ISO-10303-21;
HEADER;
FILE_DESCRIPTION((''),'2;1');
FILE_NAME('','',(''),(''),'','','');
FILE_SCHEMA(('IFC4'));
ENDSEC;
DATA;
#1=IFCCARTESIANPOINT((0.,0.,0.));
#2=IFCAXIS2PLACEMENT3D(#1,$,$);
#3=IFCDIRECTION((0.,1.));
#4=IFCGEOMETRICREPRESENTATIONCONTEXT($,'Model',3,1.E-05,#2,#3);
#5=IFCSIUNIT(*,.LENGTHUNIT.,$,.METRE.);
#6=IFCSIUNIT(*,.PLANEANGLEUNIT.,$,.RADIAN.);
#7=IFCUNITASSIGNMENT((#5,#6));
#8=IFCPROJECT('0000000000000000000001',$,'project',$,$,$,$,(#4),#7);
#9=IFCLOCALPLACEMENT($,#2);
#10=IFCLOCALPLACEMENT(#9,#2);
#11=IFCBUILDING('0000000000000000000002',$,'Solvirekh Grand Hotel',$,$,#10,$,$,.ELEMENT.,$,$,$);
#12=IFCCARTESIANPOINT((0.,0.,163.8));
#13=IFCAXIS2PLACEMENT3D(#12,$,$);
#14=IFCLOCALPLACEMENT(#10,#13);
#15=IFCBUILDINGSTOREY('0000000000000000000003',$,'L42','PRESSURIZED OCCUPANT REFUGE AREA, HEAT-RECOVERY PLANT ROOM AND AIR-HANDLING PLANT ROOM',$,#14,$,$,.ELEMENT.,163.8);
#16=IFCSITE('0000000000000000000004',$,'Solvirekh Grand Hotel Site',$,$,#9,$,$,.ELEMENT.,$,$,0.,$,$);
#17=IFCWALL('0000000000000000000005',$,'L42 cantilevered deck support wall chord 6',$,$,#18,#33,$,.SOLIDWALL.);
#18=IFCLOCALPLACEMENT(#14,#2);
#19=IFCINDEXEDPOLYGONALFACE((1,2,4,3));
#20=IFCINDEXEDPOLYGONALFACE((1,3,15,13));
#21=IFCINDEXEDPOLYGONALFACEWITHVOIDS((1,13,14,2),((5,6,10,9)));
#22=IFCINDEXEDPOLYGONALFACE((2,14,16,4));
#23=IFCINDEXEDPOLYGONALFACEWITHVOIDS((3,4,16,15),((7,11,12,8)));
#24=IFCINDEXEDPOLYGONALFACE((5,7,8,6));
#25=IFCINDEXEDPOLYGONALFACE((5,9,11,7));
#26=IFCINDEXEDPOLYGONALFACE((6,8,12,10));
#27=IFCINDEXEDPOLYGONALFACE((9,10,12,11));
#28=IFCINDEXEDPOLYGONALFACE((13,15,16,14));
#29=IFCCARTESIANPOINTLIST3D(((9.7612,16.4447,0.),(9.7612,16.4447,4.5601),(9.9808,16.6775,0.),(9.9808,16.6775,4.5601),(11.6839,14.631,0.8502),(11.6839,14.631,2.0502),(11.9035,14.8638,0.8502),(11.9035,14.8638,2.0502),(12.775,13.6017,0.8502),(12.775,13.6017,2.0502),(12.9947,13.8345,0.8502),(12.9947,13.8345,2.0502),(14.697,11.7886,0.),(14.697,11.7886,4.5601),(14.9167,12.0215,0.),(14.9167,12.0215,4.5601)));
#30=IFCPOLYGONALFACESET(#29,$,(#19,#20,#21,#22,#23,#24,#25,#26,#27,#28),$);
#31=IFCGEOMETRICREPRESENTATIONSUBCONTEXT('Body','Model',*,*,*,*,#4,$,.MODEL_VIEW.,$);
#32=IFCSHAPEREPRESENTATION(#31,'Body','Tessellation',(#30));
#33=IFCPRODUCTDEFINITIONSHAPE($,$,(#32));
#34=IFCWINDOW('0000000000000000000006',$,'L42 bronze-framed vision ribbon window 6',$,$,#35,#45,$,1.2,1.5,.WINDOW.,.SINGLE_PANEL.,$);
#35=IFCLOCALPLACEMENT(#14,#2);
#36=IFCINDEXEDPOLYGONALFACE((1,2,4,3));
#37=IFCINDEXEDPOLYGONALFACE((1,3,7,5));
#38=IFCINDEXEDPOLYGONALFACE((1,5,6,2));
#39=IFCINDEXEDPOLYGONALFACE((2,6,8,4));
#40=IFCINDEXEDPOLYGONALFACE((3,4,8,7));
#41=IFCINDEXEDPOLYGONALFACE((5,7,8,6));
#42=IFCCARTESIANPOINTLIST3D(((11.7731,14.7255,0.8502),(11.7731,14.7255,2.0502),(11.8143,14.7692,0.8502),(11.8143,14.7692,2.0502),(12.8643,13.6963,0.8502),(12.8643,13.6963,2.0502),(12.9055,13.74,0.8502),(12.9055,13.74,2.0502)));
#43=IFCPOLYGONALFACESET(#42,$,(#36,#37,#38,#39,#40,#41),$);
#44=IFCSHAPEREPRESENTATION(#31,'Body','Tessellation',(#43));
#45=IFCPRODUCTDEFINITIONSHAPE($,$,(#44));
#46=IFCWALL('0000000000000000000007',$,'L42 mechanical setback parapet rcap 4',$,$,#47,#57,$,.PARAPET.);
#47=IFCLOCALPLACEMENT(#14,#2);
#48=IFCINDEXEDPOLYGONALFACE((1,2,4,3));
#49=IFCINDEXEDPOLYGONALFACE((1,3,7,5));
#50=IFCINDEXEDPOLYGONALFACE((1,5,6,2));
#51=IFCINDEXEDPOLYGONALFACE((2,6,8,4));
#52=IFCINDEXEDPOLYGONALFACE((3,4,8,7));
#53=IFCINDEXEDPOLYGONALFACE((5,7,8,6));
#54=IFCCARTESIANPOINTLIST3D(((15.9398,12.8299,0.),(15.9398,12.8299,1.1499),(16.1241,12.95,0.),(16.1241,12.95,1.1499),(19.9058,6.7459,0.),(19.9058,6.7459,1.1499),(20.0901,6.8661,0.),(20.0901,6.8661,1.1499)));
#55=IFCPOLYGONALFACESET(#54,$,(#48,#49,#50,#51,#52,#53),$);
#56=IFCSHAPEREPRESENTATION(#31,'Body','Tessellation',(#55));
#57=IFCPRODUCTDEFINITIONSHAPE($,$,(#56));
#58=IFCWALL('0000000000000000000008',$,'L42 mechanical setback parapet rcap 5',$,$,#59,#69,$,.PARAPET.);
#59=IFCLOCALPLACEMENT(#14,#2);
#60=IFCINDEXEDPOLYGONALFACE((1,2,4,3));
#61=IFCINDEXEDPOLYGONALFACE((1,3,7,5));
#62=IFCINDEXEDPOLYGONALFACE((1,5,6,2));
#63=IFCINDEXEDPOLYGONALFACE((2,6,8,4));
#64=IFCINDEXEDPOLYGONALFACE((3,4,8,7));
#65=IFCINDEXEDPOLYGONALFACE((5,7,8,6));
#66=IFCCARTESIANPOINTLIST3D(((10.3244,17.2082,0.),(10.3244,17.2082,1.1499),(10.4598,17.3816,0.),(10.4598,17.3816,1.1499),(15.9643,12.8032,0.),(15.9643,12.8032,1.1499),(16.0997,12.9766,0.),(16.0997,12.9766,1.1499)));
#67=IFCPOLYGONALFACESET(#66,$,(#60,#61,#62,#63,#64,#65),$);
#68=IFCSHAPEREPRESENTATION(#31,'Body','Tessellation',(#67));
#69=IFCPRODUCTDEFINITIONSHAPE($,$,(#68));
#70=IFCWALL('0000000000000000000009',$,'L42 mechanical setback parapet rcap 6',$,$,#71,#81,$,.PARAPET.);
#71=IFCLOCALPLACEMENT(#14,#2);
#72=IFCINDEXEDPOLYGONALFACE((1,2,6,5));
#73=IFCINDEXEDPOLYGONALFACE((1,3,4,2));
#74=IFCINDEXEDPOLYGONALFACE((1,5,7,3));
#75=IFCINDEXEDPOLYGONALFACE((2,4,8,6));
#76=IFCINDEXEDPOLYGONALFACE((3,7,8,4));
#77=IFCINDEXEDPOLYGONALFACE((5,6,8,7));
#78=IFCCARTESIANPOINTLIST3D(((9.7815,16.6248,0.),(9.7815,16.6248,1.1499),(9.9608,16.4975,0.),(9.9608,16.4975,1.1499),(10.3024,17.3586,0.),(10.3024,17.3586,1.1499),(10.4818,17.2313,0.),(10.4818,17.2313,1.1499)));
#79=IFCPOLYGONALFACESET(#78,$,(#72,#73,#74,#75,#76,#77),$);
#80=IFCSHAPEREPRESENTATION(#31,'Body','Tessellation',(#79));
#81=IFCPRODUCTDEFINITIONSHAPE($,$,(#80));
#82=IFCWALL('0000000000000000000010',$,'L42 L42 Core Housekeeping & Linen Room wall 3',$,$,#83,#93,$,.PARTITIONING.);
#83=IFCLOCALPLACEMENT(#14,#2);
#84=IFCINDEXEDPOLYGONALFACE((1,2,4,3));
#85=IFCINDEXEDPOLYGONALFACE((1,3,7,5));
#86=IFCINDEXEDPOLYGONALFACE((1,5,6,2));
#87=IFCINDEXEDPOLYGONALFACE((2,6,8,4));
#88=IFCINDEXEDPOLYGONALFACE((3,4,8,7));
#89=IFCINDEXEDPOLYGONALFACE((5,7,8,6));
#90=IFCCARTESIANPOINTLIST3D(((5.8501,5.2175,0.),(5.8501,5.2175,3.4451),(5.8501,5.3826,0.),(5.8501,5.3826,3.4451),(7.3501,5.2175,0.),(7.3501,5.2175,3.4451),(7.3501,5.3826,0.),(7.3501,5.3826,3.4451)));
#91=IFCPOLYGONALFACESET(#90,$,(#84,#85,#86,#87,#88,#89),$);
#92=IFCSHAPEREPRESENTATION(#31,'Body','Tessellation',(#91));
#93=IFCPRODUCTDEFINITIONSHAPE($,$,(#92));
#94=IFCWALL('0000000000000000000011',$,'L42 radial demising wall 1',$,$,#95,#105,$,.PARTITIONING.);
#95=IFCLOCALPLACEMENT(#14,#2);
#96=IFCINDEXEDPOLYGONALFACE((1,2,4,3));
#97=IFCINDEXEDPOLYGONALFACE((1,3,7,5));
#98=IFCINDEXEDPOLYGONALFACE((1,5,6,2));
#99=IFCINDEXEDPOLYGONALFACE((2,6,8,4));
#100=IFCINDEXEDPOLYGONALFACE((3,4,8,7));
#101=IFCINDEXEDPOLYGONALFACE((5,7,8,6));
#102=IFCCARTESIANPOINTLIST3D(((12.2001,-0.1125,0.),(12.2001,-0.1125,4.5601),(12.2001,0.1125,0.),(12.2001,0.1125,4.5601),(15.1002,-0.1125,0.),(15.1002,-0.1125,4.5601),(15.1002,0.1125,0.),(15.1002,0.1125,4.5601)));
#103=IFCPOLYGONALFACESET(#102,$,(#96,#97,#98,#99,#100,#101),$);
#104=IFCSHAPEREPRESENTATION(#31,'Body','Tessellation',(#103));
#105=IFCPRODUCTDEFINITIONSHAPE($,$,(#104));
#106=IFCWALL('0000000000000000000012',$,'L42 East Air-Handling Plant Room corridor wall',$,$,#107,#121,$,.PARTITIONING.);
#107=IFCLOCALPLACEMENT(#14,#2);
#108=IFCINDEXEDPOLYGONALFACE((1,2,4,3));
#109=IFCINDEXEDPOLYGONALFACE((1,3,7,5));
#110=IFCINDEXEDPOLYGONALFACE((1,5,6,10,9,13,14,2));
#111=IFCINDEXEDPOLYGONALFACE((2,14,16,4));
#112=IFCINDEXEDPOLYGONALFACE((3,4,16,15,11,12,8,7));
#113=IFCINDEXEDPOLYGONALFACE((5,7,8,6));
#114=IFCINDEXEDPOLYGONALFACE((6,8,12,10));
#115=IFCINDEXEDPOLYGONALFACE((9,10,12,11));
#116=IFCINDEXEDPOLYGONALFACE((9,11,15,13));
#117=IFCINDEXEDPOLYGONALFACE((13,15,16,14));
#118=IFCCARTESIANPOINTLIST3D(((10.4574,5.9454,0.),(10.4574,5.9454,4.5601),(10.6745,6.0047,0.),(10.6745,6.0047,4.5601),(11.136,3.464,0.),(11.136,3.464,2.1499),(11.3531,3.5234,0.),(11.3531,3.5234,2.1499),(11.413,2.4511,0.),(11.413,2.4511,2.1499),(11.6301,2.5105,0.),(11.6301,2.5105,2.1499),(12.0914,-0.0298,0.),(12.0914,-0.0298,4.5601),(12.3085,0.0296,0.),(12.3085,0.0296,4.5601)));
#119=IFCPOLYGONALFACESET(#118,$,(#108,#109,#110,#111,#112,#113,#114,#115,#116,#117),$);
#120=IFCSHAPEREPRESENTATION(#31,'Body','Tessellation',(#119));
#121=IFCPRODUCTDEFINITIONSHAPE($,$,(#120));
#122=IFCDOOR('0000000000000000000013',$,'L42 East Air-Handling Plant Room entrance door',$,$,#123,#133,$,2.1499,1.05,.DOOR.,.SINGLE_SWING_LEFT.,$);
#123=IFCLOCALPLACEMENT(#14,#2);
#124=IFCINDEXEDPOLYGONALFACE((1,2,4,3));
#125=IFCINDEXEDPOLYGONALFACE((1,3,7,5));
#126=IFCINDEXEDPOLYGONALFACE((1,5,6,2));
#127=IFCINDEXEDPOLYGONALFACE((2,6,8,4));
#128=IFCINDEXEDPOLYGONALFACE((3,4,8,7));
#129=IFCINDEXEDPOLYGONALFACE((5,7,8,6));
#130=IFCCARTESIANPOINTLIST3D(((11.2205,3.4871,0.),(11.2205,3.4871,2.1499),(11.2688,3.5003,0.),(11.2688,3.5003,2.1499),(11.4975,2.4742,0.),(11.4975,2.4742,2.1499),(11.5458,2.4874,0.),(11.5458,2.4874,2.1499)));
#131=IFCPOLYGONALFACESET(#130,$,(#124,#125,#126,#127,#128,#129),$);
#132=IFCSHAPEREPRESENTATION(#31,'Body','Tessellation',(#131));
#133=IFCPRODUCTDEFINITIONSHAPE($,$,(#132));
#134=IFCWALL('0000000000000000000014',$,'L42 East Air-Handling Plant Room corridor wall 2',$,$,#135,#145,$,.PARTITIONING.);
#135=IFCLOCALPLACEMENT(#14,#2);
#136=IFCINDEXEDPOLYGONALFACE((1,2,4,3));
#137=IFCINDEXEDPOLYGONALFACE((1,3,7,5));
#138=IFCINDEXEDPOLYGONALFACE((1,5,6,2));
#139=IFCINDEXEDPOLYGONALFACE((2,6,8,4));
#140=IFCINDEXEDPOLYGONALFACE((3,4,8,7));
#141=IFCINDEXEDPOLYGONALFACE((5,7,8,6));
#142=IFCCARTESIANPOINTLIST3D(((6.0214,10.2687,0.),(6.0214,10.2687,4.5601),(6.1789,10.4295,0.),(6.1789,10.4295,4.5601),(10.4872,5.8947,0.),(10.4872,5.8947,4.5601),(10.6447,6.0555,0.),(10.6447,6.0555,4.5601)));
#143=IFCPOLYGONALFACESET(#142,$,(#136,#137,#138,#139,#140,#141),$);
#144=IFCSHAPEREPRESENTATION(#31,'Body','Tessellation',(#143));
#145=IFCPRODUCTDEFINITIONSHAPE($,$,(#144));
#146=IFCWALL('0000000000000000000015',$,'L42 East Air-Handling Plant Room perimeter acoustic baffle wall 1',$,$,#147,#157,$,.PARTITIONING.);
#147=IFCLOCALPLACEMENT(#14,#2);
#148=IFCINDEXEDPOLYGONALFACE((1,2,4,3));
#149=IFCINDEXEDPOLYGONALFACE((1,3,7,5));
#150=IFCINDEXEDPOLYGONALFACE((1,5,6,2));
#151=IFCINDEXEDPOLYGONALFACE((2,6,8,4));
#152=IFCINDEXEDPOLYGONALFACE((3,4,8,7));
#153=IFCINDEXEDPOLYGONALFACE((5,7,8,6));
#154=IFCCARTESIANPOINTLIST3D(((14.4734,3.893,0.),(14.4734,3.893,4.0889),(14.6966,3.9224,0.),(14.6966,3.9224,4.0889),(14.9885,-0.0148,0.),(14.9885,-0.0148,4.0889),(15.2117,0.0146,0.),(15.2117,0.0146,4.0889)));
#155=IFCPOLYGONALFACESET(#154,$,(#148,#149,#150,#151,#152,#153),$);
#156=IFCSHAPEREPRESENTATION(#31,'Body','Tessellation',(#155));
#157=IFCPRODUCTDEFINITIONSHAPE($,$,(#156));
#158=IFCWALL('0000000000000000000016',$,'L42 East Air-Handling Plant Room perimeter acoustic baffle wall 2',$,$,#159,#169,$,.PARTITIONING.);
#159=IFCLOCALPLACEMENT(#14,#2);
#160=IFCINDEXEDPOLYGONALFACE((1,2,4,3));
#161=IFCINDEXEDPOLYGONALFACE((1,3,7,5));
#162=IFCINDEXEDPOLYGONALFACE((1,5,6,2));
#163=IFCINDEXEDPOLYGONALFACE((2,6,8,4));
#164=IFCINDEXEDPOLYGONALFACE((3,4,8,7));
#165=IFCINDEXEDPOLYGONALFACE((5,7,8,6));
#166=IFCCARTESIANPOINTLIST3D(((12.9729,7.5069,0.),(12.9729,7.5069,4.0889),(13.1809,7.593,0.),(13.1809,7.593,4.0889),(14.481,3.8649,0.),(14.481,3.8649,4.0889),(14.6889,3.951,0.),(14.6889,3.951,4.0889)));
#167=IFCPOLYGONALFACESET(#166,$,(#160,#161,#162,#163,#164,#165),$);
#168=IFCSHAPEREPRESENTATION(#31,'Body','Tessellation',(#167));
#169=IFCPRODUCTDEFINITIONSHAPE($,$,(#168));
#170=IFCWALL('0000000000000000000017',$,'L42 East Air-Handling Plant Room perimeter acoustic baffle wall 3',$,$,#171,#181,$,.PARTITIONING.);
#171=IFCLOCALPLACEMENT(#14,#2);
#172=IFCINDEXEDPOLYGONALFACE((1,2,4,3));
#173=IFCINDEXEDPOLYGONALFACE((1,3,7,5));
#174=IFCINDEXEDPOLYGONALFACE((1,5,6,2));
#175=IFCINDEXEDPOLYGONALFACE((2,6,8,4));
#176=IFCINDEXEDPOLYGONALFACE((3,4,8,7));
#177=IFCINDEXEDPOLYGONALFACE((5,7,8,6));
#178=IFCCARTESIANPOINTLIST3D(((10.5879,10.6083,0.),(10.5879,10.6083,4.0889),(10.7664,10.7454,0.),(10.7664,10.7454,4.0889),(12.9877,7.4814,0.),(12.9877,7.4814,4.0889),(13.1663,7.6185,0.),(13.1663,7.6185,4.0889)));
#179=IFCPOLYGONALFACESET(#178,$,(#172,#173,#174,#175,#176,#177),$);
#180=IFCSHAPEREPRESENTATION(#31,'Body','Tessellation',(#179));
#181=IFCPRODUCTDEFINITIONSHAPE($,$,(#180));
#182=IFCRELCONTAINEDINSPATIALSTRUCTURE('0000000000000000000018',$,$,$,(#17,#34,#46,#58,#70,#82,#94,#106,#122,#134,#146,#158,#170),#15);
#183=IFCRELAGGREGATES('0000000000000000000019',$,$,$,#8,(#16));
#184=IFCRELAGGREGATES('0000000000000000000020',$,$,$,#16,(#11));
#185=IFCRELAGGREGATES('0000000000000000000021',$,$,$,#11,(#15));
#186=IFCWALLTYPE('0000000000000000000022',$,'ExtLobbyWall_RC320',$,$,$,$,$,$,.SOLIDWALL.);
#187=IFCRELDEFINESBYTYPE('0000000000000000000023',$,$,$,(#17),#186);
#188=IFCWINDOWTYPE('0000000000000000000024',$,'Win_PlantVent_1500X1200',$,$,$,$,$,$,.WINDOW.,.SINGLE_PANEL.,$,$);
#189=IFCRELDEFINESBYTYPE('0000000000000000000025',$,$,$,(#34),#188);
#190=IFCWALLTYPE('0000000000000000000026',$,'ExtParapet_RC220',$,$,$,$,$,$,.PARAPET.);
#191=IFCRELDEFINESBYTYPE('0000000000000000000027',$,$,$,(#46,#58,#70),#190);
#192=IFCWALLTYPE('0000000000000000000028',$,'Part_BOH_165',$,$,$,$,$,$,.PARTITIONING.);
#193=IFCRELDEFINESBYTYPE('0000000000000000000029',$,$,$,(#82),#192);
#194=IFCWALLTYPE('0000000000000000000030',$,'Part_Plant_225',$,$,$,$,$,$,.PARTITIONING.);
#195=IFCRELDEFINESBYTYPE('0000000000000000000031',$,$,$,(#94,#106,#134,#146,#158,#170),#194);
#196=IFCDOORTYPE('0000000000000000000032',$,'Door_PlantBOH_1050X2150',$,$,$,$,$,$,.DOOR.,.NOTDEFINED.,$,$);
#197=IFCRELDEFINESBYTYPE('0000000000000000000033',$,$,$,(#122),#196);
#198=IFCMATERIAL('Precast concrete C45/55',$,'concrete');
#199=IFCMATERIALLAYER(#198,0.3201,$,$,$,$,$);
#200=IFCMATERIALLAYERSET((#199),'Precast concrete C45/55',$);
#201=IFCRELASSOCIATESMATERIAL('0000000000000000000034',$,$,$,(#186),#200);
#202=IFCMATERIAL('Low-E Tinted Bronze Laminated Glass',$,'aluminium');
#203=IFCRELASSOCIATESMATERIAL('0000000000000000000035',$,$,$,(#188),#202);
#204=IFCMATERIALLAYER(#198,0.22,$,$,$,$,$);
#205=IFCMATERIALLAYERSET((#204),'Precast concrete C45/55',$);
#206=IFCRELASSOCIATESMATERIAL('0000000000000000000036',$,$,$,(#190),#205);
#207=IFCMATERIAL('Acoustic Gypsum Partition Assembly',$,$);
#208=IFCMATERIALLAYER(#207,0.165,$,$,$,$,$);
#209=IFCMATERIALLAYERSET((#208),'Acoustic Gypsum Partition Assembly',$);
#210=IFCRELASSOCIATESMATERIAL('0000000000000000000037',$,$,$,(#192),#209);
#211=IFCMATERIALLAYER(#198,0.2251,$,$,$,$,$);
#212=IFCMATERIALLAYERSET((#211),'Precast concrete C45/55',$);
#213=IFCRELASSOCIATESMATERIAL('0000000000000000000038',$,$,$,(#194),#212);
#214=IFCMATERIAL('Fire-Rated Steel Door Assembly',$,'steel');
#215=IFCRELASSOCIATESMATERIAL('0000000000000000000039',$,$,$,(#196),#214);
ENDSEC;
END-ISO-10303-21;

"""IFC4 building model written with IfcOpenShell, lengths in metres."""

from ifc_helpers import new_model, si_unit, direction, frame, frame_2d, origin, place, context, subcontext, project, spatial, rectangle, extrude, material, layer, layer_set, type_object, element, fill, save


model = new_model("IFC4")

# Units and contexts
model_context = context("Model", 3, precision=1e-05, world=origin(), true_north=direction((0.0, 1.0)))
body_context = subcontext(model_context, "Body", "Model", "MODEL_VIEW")
ifc_project = project(units=[si_unit("LENGTHUNIT", "METRE"), si_unit("PLANEANGLEUNIT", "RADIAN")], contexts=[model_context])

# Site, building, storey
site_placement = place(None, origin())
site = spatial("IfcSite", under=ifc_project, at=site_placement, Name="Solvirekh Grand Hotel Site", CompositionType="ELEMENT", RefElevation=0.0)
building_placement = place(site_placement, origin())
building = spatial("IfcBuilding", under=site, at=building_placement, Name="Solvirekh Grand Hotel", CompositionType="ELEMENT")
storey_placement = place(building_placement, frame((0.0, 0.0, 163.8)))
storey = spatial("IfcBuildingStorey", under=building, at=storey_placement, Name="L42", Description="PRESSURIZED OCCUPANT REFUGE AREA, HEAT-RECOVERY PLANT ROOM AND AIR-HANDLING PLANT ROOM", CompositionType="ELEMENT", Elevation=163.8)

# Wall, opening, window
ifc_material_1 = material(Name="Precast concrete C45/55", Category="concrete")
ifc_layer_1 = layer(ifc_material_1, 0.3201)
ifc_layer_set_1 = layer_set([ifc_layer_1], Name="Precast concrete C45/55")
wall_type_1 = type_object("IfcWallType", Name="ExtLobbyWall_RC320", PredefinedType="SOLIDWALL", material=ifc_layer_set_1)
ifc_material_2 = material(Name="Low-E Tinted Bronze Laminated Glass", Category="aluminium")
window_type = type_object("IfcWindowType", Name="Win_PlantVent_1500X1200", PartitioningType="SINGLE_PANEL", PredefinedType="WINDOW", material=ifc_material_2)
wall_1_placement = place(storey_placement, frame((9.8711, 16.561, 0.0), z_axis=(0.0, 0.0, 1.0), x_axis=(0.727423, -0.686189, 0.0)))
wall_1 = element("IfcWall", 1, at=wall_1_placement, inside=storey, type_object=wall_type_1, Name="L42 cantilevered deck support wall chord 6", PredefinedType="SOLIDWALL", context=body_context, shape_type="SweptSolid", body=[
    extrude(rectangle(XDim=6.7854, YDim=0.3201, at=frame_2d((3.3926, 0.0))), origin(), (0.0, 0.0, 1.0), 4.5601),
])
opening_1_placement = place(wall_1_placement, frame((2.6431, 0.0, 0.8501)))
opening_1 = element("IfcOpeningElement", 2, at=opening_1_placement, cuts=wall_1, PredefinedType="OPENING", context=body_context, shape_type="SweptSolid", body=[
    extrude(rectangle(XDim=1.5, YDim=1.2, at=frame_2d((0.75, 0.6001))), frame((0.0, 0.1699, 0.0), z_axis=(0.0, -1.0, 0.0), x_axis=(1.0, 0.0, 0.0)), (0.0, 0.0, 1.0), 0.3401),
])
window_1_placement = place(opening_1_placement, origin())
window_1 = element("IfcWindow", 3, at=window_1_placement, inside=storey, type_object=window_type, Name="L42 bronze-framed vision ribbon window 6", OverallHeight=1.2, OverallWidth=1.5, PartitioningType="SINGLE_PANEL", PredefinedType="WINDOW", context=body_context, shape_type="SweptSolid", body=[
    extrude(rectangle(XDim=1.5, YDim=1.2, at=frame_2d((0.75, 0.6001))), frame((0.0, 0.03, 0.0), z_axis=(0.0, -1.0, 0.0), x_axis=(1.0, 0.0, 0.0)), (0.0, 0.0, 1.0), 0.0601),
])
fill(opening_1, window_1)

# Walls
ifc_layer_2 = layer(ifc_material_1, 0.22)
ifc_layer_set_2 = layer_set([ifc_layer_2], Name="Precast concrete C45/55")
wall_type_2 = type_object("IfcWallType", Name="ExtParapet_RC220", PredefinedType="PARAPET", material=ifc_layer_set_2)
wall_2_placement = place(storey_placement, frame((19.998, 6.8059, 0.0), z_axis=(0.0, 0.0, 1.0), x_axis=(-0.546099, 0.837721, 0.0)))
element("IfcWall", 4, at=wall_2_placement, inside=storey, type_object=wall_type_2, Name="L42 mechanical setback parapet rcap 4", PredefinedType="PARAPET", context=body_context, shape_type="SweptSolid", body=[
    extrude(rectangle(XDim=7.2625, YDim=0.22, at=frame_2d((3.6313, 0.0))), origin(), (0.0, 0.0, 1.0), 1.1499),
])
wall_3_placement = place(storey_placement, frame((16.032, 12.8899, 0.0), z_axis=(0.0, 0.0, 1.0), x_axis=(-0.788101, 0.615545, 0.0)))
element("IfcWall", 5, at=wall_3_placement, inside=storey, type_object=wall_type_2, Name="L42 mechanical setback parapet rcap 5", PredefinedType="PARAPET", context=body_context, shape_type="SweptSolid", body=[
    extrude(rectangle(XDim=7.1562, YDim=0.22, at=frame_2d((3.5781, 0.0))), origin(), (0.0, 0.0, 1.0), 1.1499),
])
wall_4_placement = place(storey_placement, frame((10.3921, 17.2949, 0.0), z_axis=(0.0, 0.0, 1.0), x_axis=(-0.578875, -0.815416, 0.0)))
element("IfcWall", 6, at=wall_4_placement, inside=storey, type_object=wall_type_2, Name="L42 mechanical setback parapet rcap 6", PredefinedType="PARAPET", context=body_context, shape_type="SweptSolid", body=[
    extrude(rectangle(XDim=0.8999, YDim=0.22, at=frame_2d((0.45, 0.0))), origin(), (0.0, 0.0, 1.0), 1.1499),
])
ifc_material_3 = material(Name="Acoustic Gypsum Partition Assembly")
ifc_layer_3 = layer(ifc_material_3, 0.165)
ifc_layer_set_3 = layer_set([ifc_layer_3], Name="Acoustic Gypsum Partition Assembly")
wall_type_3 = type_object("IfcWallType", Name="Part_BOH_165", PredefinedType="PARTITIONING", material=ifc_layer_set_3)
wall_5_placement = place(storey_placement, frame((7.3501, 5.3, 0.0), z_axis=(0.0, 0.0, 1.0), x_axis=(-1.0, 0.0, 0.0)))
element("IfcWall", 7, at=wall_5_placement, inside=storey, type_object=wall_type_3, Name="L42 L42 Core Housekeeping & Linen Room wall 3", PredefinedType="PARTITIONING", context=body_context, shape_type="SweptSolid", body=[
    extrude(rectangle(XDim=1.5, YDim=0.165, at=frame_2d((0.75, 0.0))), origin(), (0.0, 0.0, 1.0), 3.4451),
])
ifc_layer_4 = layer(ifc_material_1, 0.2251)
ifc_layer_set_4 = layer_set([ifc_layer_4], Name="Precast concrete C45/55")
wall_type_4 = type_object("IfcWallType", Name="Part_Plant_225", PredefinedType="PARTITIONING", material=ifc_layer_set_4)
wall_6_placement = place(storey_placement, frame((12.2, 0.0, 0.0), z_axis=(0.0, 0.0, 1.0), x_axis=(1.0, 0.0, 0.0)))
element("IfcWall", 8, at=wall_6_placement, inside=storey, type_object=wall_type_4, Name="L42 radial demising wall 1", PredefinedType="PARTITIONING", context=body_context, shape_type="SweptSolid", body=[
    extrude(rectangle(XDim=2.9001, YDim=0.2251, at=frame_2d((1.4502, 0.0))), origin(), (0.0, 0.0, 1.0), 4.5601),
])

# Wall, opening, door
wall_7_placement = place(storey_placement, frame((12.2, 0.0, 0.0), z_axis=(0.0, 0.0, 1.0), x_axis=(-0.263788, 0.964581, 0.0)))
wall_7 = element("IfcWall", 9, at=wall_7_placement, inside=storey, type_object=wall_type_4, Name="L42 East Air-Handling Plant Room corridor wall", PredefinedType="PARTITIONING", context=body_context, shape_type="SweptSolid", body=[
    extrude(rectangle(XDim=6.1946, YDim=0.2251, at=frame_2d((3.0972, 0.0))), origin(), (0.0, 0.0, 1.0), 4.5601),
])
opening_2_placement = place(wall_7_placement, frame((2.572, 0.0, 0.0)))
opening_2 = element("IfcOpeningElement", 10, at=opening_2_placement, cuts=wall_7, PredefinedType="OPENING", context=body_context, shape_type="SweptSolid", body=[
    extrude(rectangle(XDim=1.05, YDim=2.1499, at=frame_2d((0.5249, 1.075))), frame((0.0, 0.1226, 0.0), z_axis=(0.0, -1.0, 0.0), x_axis=(1.0, 0.0, 0.0)), (0.0, 0.0, 1.0), 0.2451),
])
ifc_material_4 = material(Name="Fire-Rated Steel Door Assembly", Category="steel")
door_type = type_object("IfcDoorType", Name="Door_PlantBOH_1050X2150", OperationType="NOTDEFINED", PredefinedType="DOOR", material=ifc_material_4)
door_placement = place(opening_2_placement, origin())
door = element("IfcDoor", 11, at=door_placement, inside=storey, type_object=door_type, Name="L42 East Air-Handling Plant Room entrance door", OperationType="SINGLE_SWING_LEFT", OverallHeight=2.1499, OverallWidth=1.05, PredefinedType="DOOR", context=body_context, shape_type="SweptSolid", body=[
    extrude(rectangle(XDim=1.05, YDim=2.1499, at=frame_2d((0.5249, 1.075))), frame((0.0, 0.0249, 0.0), z_axis=(0.0, -1.0, 0.0), x_axis=(1.0, 0.0, 0.0)), (0.0, 0.0, 1.0), 0.05),
])
fill(opening_2, door)

# Walls
wall_8_placement = place(storey_placement, frame((10.5659, 5.9751, 0.0), z_axis=(0.0, 0.0, 1.0), x_axis=(-0.714411, 0.699726, 0.0)))
element("IfcWall", 12, at=wall_8_placement, inside=storey, type_object=wall_type_4, Name="L42 East Air-Handling Plant Room corridor wall 2", PredefinedType="PARTITIONING", context=body_context, shape_type="SweptSolid", body=[
    extrude(rectangle(XDim=6.251, YDim=0.2251, at=frame_2d((3.1255, 0.0))), origin(), (0.0, 0.0, 1.0), 4.5601),
])
wall_9_placement = place(storey_placement, frame((15.1001, 0.0, 0.0), z_axis=(0.0, 0.0, 1.0), x_axis=(-0.130687, 0.991424, 0.0)))
element("IfcWall", 13, at=wall_9_placement, inside=storey, type_object=wall_type_4, Name="L42 East Air-Handling Plant Room perimeter acoustic baffle wall 1", PredefinedType="PARTITIONING", context=body_context, shape_type="SweptSolid", body=[
    extrude(rectangle(XDim=3.9417, YDim=0.2251, at=frame_2d((1.9707, 0.0))), origin(), (0.0, 0.0, 1.0), 4.0889),
])
wall_10_placement = place(storey_placement, frame((14.585, 3.908, 0.0), z_axis=(0.0, 0.0, 1.0), x_axis=(-0.382565, 0.923929, 0.0)))
element("IfcWall", 14, at=wall_10_placement, inside=storey, type_object=wall_type_4, Name="L42 East Air-Handling Plant Room perimeter acoustic baffle wall 2", PredefinedType="PARTITIONING", context=body_context, shape_type="SweptSolid", body=[
    extrude(rectangle(XDim=3.9419, YDim=0.2251, at=frame_2d((1.9709, 0.0))), origin(), (0.0, 0.0, 1.0), 4.0889),
])
for number, where, z_axis, x_axis, name in (
    (15, (13.0769, 7.55, 0.0), (0.0, 0.0, 1.0), (-0.608842, 0.793291, 0.0), "L42 East Air-Handling Plant Room perimeter acoustic baffle wall 3"),
):
    element("IfcWall", number, at=place(storey_placement, frame(where, z_axis=z_axis, x_axis=x_axis)), inside=storey, type_object=wall_type_4, Name=name, PredefinedType="PARTITIONING", context=body_context, shape_type="SweptSolid", body=[
        extrude(rectangle(XDim=3.9417, YDim=0.2251, at=frame_2d((1.9707, 0.0))), origin(), (0.0, 0.0, 1.0), 4.0889),
    ])

save(model, "model.ifc")
